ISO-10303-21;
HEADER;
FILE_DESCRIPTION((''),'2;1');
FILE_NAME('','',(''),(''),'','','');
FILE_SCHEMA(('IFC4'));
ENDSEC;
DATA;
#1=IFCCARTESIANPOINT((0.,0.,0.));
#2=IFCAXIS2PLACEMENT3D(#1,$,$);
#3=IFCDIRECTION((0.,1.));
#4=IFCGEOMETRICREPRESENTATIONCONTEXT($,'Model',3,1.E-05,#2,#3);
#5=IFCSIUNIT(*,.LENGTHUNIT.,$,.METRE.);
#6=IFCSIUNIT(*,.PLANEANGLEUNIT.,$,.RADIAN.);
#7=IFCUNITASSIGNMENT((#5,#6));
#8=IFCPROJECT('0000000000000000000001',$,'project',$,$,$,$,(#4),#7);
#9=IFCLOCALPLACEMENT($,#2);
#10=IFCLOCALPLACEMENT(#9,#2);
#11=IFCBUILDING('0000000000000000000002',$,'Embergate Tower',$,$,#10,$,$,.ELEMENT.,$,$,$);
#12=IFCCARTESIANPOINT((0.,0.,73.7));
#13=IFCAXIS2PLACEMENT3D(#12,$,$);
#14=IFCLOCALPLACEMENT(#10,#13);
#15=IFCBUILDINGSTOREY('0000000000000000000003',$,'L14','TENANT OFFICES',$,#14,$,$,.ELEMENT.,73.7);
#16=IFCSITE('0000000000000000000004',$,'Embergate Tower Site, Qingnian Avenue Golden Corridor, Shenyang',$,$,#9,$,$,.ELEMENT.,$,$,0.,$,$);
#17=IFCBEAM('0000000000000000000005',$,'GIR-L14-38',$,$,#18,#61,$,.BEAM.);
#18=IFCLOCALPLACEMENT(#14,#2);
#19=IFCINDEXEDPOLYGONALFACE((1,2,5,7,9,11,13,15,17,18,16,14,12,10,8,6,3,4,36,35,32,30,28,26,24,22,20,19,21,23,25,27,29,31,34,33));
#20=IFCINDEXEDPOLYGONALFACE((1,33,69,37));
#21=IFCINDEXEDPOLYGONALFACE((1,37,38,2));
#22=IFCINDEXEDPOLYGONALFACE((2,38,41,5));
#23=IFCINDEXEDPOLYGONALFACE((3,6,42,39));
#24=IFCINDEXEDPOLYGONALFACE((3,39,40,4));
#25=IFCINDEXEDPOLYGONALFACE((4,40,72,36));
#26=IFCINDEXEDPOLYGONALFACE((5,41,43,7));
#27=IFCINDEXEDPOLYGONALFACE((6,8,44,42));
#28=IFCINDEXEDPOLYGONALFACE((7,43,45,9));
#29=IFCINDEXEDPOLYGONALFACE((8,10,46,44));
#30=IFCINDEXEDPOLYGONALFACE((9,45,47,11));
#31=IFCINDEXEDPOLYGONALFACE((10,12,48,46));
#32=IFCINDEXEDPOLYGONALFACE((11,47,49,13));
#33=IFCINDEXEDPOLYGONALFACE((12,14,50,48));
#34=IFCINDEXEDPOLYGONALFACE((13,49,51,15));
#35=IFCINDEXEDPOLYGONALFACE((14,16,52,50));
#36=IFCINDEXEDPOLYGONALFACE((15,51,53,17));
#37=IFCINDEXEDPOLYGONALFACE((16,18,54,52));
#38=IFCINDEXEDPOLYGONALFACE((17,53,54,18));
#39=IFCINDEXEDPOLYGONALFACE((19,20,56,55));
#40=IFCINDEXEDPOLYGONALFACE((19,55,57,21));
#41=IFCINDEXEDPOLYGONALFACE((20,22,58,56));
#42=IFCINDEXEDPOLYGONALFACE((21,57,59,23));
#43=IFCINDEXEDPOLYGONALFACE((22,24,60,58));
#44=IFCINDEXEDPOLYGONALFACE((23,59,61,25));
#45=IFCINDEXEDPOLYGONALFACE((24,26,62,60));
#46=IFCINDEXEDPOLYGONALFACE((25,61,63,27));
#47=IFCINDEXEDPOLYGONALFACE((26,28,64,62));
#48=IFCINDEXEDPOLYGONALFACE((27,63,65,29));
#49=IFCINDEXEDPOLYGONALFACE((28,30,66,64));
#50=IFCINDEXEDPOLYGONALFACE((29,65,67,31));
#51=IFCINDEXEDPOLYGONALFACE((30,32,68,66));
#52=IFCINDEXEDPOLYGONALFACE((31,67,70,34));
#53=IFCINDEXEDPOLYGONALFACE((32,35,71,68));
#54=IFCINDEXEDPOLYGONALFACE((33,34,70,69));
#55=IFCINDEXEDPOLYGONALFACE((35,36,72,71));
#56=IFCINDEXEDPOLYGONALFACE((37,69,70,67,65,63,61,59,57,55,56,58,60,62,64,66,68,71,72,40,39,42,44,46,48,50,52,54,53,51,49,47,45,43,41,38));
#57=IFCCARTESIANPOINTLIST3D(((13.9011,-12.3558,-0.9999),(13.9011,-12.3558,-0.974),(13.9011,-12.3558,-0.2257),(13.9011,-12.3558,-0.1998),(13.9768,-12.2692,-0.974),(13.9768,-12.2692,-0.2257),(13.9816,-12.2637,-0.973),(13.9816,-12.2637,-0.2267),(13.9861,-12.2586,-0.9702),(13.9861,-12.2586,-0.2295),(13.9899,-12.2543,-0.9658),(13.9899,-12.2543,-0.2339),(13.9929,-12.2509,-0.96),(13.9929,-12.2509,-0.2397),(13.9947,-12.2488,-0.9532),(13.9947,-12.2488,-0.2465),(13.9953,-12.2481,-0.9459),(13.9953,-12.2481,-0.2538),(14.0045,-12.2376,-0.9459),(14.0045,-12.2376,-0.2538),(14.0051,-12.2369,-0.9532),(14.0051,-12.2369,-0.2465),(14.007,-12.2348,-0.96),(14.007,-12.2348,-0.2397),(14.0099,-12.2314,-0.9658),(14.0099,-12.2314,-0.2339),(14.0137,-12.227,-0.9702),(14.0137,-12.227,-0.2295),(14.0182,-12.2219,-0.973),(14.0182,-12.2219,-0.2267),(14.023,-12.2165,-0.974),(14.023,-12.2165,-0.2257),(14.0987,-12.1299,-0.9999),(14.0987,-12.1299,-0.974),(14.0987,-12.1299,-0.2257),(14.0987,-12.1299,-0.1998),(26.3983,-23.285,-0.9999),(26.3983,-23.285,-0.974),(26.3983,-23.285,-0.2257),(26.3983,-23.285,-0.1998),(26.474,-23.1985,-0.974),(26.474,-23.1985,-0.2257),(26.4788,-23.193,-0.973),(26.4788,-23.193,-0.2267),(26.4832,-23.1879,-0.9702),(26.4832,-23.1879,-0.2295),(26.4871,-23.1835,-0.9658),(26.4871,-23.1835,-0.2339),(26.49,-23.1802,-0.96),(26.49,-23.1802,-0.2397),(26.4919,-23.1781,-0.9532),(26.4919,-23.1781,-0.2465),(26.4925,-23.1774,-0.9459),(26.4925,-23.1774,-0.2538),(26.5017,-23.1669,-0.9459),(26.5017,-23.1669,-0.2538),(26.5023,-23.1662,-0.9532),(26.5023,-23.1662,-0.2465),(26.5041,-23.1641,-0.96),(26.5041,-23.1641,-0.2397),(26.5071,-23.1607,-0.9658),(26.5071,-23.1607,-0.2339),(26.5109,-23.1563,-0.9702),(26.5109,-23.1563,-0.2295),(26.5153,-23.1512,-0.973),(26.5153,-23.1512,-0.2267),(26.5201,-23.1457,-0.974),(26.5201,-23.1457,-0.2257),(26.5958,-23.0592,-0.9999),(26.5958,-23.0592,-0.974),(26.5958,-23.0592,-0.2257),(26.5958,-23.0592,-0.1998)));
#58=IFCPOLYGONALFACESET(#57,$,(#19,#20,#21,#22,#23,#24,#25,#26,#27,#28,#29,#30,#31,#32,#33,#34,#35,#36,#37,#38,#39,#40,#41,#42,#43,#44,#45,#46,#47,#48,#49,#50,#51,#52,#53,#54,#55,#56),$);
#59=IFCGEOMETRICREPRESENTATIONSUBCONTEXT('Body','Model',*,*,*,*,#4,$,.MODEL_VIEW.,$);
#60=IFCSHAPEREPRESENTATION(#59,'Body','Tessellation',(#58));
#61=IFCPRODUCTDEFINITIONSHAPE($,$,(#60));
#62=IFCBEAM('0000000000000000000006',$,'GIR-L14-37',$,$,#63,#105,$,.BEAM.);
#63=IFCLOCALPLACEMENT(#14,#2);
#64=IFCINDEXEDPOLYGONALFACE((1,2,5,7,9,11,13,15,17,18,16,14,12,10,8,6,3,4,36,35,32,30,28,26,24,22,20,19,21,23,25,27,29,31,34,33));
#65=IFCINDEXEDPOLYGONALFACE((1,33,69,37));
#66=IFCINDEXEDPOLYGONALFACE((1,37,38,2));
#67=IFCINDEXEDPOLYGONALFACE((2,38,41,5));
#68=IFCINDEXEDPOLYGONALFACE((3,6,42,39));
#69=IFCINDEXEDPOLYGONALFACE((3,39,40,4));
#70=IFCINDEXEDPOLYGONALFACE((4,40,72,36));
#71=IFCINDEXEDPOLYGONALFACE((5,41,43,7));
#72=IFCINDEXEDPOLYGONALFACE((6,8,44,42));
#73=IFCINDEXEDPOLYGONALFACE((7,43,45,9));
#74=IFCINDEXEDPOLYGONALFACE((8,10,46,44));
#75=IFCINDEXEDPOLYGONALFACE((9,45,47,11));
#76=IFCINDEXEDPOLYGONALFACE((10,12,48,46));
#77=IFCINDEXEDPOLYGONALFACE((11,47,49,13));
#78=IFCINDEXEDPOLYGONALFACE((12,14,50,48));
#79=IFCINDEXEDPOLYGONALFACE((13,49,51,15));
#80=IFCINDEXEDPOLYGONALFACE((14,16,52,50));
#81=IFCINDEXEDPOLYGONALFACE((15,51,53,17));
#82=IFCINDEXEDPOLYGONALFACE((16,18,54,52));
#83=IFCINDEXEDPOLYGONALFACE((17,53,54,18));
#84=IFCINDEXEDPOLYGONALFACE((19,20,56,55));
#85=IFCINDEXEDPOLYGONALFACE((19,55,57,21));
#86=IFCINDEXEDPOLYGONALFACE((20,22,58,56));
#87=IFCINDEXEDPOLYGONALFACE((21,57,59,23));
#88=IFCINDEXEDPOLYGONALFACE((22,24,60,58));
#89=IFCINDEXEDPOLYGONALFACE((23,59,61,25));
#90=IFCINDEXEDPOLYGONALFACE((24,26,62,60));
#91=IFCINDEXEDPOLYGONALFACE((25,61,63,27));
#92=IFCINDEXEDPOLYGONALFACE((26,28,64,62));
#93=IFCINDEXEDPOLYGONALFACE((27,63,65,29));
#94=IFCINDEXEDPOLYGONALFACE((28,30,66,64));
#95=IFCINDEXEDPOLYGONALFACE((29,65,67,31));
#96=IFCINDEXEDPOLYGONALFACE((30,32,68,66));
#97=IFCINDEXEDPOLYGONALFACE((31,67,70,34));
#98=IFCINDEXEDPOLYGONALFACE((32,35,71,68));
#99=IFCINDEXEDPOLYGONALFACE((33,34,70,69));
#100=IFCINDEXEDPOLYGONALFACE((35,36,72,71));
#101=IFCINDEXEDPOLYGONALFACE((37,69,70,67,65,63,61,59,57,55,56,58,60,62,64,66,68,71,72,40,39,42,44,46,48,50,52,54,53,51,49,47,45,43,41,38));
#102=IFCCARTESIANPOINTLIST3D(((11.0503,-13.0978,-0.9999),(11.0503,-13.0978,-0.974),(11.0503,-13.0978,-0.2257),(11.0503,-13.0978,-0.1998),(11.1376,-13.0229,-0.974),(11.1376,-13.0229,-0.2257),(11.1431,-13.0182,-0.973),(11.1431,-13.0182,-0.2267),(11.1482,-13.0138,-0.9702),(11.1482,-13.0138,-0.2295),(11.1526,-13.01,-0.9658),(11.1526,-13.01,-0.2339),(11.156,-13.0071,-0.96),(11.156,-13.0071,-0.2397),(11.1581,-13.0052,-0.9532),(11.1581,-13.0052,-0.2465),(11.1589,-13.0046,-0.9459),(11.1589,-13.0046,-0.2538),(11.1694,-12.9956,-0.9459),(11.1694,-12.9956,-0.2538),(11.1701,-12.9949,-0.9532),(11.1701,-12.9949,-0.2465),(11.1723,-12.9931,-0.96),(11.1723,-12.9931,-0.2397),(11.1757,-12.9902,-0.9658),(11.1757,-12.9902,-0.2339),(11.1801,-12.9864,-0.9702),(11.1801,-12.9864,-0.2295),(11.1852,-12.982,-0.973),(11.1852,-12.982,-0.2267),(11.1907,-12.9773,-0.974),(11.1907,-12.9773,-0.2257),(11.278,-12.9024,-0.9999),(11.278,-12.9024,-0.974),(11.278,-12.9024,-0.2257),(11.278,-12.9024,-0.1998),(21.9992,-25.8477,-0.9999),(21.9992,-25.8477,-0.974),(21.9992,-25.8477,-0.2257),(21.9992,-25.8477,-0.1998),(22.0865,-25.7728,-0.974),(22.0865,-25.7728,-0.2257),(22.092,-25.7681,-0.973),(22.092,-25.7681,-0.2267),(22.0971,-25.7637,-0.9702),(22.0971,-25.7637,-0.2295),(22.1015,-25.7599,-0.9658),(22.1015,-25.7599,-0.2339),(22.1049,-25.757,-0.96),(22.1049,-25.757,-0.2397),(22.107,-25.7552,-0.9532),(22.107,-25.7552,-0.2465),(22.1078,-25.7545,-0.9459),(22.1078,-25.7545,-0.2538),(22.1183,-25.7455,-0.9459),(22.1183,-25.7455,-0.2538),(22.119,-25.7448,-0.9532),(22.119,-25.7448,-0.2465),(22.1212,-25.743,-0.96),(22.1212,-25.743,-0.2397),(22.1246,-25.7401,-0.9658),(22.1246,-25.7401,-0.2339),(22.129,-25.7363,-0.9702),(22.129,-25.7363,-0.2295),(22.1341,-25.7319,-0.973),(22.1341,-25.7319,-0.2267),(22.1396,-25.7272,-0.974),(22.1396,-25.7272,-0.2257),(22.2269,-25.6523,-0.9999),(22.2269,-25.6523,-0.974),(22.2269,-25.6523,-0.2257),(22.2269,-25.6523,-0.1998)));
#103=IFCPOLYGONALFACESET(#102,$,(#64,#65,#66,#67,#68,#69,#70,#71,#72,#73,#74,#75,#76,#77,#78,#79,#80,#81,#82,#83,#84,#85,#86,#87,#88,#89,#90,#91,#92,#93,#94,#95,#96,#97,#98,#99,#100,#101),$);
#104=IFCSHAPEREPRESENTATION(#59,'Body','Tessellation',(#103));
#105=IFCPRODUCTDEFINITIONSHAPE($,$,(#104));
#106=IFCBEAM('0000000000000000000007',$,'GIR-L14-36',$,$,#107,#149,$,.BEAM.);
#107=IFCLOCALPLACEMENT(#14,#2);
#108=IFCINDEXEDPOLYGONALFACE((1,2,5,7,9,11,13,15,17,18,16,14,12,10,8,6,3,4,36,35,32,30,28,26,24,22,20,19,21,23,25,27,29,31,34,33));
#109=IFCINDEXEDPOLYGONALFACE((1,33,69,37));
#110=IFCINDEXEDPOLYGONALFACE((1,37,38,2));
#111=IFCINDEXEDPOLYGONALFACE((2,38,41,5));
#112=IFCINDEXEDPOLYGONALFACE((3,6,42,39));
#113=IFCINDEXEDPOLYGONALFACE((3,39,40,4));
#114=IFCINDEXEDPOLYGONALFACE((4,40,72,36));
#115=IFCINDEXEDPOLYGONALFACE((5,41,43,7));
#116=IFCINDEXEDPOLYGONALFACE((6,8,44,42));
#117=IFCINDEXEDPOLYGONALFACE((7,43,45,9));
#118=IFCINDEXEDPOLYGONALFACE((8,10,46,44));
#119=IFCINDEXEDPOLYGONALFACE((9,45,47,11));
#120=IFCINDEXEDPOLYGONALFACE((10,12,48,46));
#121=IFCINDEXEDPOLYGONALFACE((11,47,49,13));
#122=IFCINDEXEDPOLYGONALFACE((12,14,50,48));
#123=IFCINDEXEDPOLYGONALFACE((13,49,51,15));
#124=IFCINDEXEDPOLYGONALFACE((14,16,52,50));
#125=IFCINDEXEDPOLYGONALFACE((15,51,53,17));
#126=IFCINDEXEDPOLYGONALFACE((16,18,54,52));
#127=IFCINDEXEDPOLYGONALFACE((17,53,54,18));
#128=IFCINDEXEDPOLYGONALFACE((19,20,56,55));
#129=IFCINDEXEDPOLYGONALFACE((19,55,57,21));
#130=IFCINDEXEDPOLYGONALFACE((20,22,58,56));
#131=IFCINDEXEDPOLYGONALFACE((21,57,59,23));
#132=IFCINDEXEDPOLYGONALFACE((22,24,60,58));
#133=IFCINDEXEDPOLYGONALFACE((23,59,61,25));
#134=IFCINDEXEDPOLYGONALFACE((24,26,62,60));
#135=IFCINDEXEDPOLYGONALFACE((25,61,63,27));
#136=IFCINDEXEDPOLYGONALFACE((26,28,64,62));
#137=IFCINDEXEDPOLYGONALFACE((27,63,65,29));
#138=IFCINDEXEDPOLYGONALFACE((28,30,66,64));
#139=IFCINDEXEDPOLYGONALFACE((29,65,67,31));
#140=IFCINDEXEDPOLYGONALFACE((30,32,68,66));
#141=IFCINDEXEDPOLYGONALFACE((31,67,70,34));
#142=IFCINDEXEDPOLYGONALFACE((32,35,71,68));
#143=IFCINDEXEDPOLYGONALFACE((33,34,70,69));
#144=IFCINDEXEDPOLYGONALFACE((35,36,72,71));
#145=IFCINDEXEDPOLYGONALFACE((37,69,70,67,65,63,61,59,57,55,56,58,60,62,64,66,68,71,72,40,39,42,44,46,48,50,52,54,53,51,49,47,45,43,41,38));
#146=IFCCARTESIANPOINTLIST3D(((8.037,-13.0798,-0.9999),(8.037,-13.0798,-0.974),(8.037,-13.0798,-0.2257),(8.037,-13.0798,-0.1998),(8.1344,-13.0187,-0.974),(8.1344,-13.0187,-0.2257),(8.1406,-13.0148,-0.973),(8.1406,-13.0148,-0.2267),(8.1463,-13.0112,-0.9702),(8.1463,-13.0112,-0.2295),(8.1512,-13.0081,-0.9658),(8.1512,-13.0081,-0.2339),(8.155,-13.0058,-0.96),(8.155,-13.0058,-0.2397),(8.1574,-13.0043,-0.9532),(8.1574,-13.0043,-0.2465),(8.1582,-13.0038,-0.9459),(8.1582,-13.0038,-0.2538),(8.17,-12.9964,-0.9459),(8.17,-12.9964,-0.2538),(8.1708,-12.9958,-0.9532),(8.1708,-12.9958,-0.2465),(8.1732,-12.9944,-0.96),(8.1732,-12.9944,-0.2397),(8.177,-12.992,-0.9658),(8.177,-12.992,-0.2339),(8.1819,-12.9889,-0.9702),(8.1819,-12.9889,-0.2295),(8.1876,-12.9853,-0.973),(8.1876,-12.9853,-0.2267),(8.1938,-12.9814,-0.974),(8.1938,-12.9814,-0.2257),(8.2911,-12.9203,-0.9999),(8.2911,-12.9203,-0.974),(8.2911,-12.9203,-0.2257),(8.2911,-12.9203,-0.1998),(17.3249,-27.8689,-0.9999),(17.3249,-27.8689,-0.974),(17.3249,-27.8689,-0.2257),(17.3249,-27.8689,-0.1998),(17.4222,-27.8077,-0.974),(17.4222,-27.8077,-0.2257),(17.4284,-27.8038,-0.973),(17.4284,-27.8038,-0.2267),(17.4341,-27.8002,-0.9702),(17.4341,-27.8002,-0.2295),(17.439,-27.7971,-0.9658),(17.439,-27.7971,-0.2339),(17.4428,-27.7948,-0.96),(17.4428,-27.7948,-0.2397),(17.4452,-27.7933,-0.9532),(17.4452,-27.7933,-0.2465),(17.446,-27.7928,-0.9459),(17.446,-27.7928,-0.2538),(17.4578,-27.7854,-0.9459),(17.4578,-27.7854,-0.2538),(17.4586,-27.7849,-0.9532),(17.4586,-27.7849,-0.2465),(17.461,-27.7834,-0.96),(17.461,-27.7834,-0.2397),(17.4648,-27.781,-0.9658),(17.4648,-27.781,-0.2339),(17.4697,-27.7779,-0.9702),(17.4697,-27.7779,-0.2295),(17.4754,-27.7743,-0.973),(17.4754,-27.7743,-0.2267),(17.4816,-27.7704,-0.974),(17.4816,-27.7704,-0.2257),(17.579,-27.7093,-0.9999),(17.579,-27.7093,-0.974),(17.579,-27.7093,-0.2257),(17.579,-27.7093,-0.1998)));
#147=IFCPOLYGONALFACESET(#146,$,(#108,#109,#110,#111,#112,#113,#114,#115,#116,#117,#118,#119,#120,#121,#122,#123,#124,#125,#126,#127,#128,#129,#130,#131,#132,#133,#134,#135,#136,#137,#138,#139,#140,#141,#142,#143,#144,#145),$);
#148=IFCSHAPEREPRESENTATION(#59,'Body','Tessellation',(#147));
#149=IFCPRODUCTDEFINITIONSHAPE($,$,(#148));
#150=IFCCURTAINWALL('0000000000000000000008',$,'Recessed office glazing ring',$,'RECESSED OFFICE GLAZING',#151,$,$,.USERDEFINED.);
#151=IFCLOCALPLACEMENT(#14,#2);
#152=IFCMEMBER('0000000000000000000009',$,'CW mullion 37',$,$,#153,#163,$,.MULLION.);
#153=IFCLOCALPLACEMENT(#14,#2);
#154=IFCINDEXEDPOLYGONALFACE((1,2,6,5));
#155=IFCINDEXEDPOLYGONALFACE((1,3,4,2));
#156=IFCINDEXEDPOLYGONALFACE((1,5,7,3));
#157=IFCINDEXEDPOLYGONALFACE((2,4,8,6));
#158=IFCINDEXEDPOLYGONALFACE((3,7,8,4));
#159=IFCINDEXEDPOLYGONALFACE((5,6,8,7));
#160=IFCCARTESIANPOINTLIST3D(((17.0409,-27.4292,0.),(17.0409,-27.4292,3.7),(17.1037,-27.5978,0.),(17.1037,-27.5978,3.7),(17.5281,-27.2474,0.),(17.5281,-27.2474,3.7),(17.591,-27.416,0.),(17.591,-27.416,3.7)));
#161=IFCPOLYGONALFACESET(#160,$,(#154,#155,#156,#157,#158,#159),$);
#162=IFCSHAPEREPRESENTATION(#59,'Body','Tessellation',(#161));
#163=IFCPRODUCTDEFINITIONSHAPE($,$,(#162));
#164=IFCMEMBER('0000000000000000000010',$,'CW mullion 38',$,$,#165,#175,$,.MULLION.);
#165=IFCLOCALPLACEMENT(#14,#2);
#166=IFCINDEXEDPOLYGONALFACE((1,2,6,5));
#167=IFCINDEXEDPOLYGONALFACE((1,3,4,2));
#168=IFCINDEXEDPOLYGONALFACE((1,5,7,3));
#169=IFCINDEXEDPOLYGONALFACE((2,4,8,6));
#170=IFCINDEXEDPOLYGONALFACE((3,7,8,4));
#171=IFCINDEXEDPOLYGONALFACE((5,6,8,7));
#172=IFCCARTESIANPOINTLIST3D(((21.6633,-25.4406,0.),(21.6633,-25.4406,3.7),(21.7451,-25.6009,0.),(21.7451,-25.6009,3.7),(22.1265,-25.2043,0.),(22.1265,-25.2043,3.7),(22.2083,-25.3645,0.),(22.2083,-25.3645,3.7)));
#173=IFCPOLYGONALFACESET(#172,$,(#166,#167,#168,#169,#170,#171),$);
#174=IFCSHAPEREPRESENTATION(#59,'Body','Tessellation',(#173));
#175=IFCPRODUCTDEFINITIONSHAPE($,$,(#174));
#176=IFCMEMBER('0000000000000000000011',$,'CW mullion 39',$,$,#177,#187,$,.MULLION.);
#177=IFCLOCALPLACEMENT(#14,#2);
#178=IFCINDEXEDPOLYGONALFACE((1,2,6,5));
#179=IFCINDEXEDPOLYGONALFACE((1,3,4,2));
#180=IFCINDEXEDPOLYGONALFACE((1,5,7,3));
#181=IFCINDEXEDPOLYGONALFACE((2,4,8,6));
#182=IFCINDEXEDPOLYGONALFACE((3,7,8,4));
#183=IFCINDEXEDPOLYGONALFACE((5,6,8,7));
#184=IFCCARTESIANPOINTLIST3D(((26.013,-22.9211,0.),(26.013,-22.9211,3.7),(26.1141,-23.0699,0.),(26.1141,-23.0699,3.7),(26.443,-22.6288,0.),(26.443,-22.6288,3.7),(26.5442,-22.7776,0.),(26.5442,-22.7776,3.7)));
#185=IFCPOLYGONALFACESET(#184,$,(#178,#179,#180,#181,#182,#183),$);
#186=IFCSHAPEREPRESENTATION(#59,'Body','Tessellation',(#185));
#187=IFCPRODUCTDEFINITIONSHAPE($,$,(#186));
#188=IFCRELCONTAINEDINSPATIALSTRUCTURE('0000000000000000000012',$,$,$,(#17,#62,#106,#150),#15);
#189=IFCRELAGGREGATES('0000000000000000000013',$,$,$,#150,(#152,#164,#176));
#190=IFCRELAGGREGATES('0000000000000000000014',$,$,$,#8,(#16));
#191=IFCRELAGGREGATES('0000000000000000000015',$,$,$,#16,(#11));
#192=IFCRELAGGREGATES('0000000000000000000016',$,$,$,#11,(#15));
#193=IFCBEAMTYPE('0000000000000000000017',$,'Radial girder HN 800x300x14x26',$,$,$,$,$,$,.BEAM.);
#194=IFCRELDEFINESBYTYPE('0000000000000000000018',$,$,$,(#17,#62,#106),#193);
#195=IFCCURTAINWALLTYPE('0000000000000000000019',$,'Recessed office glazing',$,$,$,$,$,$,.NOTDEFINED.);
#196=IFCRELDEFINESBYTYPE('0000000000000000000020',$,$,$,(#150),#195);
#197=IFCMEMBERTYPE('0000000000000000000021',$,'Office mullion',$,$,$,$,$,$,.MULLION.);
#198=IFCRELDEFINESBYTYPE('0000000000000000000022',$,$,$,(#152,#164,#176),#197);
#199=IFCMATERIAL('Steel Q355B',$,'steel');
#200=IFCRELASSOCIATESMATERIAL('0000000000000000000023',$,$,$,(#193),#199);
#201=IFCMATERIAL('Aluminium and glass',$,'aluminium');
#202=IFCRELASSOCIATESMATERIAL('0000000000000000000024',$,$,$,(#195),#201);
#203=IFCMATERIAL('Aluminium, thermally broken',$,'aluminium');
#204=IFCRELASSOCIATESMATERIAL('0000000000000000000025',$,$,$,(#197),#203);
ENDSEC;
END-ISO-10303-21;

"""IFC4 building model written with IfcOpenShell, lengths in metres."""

from ifc_helpers import new_model, si_unit, direction, frame, origin, origin_2d, place, context, subcontext, project, spatial, rectangle, i_section, extrude, source, transform, mapped, material, material_profile, profile_set, type_object, element, aggregate, save


model = new_model("IFC4")

# Units and contexts
model_context = context("Model", 3, precision=1e-05, world=origin(), true_north=direction((0.0, 1.0)))
body_context = subcontext(model_context, "Body", "Model", "MODEL_VIEW")
ifc_project = project(units=[si_unit("LENGTHUNIT", "METRE"), si_unit("PLANEANGLEUNIT", "RADIAN")], contexts=[model_context])

# Site, building, storey
site_placement = place(None, origin())
site = spatial("IfcSite", under=ifc_project, at=site_placement, Name="Embergate Tower Site, Qingnian Avenue Golden Corridor, Shenyang", CompositionType="ELEMENT", RefElevation=0.0)
building_placement = place(site_placement, origin())
building = spatial("IfcBuilding", under=site, at=building_placement, Name="Embergate Tower", CompositionType="ELEMENT")
storey_placement = place(building_placement, frame((0.0, 0.0, 73.7)))
storey = spatial("IfcBuildingStorey", under=building, at=storey_placement, Name="L14", Description="TENANT OFFICES", CompositionType="ELEMENT", Elevation=73.7)

# Beams
ifc_material_1 = material(Name="Steel Q355B", Category="steel")
ifc_material_profile_1 = material_profile(ifc_material_1, i_section(OverallWidth=0.3, OverallDepth=0.8, WebThickness=0.0139, FlangeThickness=0.0259, FilletRadius=0.0281, at=origin_2d()), Name="HN 800x300x14x26")
ifc_profile_set_1 = profile_set([ifc_material_profile_1], Name="Steel Q355 grade B")
beam_type_1 = type_object("IfcBeamType", Name="Radial girder HN 800x300x14x26", PredefinedType="BEAM", material=ifc_profile_set_1)
shared_shape_1 = source(origin(), body_context, "Body", "SweptSolid", [
    extrude(i_section(OverallWidth=0.3, OverallDepth=0.8, WebThickness=0.0139, FlangeThickness=0.0259, FilletRadius=0.0281, at=origin_2d()), origin(), (0.0, 0.0, 1.0), 16.6021),
])
beam_1_placement = place(storey_placement, frame((26.4971, -23.1721, -0.5999), z_axis=(-0.752748, 0.658309, 0.0), x_axis=(-0.658309, -0.752748, 0.0)))
element("IfcBeam", 1, at=beam_1_placement, inside=storey, type_object=beam_type_1, Name="GIR-L14-38", PredefinedType="BEAM", context=body_context, shape_type="MappedRepresentation", body=[
    mapped(shared_shape_1, transform((0.0, 0.0, 0.0))),
])
shared_shape_2 = source(origin(), body_context, "Body", "SweptSolid", [
    extrude(i_section(OverallWidth=0.3, OverallDepth=0.8, WebThickness=0.0139, FlangeThickness=0.0259, FilletRadius=0.0281, at=origin_2d()), origin(), (0.0, 0.0, 1.0), 16.8059),
])
beam_2_placement = place(storey_placement, frame((22.113, -25.75, -0.5999), z_axis=(-0.651491, 0.758656, 0.0), x_axis=(-0.758656, -0.651491, 0.0)))
element("IfcBeam", 2, at=beam_2_placement, inside=storey, type_object=beam_type_1, Name="GIR-L14-37", PredefinedType="BEAM", context=body_context, shape_type="MappedRepresentation", body=[
    mapped(shared_shape_2, transform((0.0, 0.0, 0.0))),
])
shared_shape_3 = source(origin(), body_context, "Body", "SweptSolid", [
    extrude(i_section(OverallWidth=0.3, OverallDepth=0.8, WebThickness=0.0139, FlangeThickness=0.0259, FilletRadius=0.0281, at=origin_2d()), origin(), (0.0, 0.0, 1.0), 17.4636),
])
beam_3_placement = place(storey_placement, frame((17.4519, -27.7891, -0.5999), z_axis=(-0.531837, 0.846847, 0.0), x_axis=(-0.846847, -0.531837, 0.0)))
element("IfcBeam", 3, at=beam_3_placement, inside=storey, type_object=beam_type_1, Name="GIR-L14-36", PredefinedType="BEAM", context=body_context, shape_type="MappedRepresentation", body=[
    mapped(shared_shape_3, transform((0.0, 0.0, 0.0))),
])

# Curtain wall, members
ifc_material_2 = material(Name="Aluminium and glass", Category="aluminium")
curtain_wall_type = type_object("IfcCurtainWallType", Name="Recessed office glazing", PredefinedType="NOTDEFINED", material=ifc_material_2)
curtain_wall_placement = place(storey_placement, origin())
curtain_wall = element("IfcCurtainWall", 4, at=curtain_wall_placement, inside=storey, type_object=curtain_wall_type, Name="Recessed office glazing ring", ObjectType="RECESSED OFFICE GLAZING", PredefinedType="USERDEFINED")
ifc_material_3 = material(Name="Aluminium, thermally broken", Category="aluminium")
ifc_material_profile_2 = material_profile(ifc_material_3, rectangle(XDim=0.1799, YDim=0.52, at=origin_2d()), Name="AL 520x180")
ifc_profile_set_2 = profile_set([ifc_material_profile_2], Name="Aluminium, thermally broken")
member_type_1 = type_object("IfcMemberType", Name="Office mullion", PredefinedType="MULLION", material=ifc_profile_set_2)
shared_shape_4 = source(origin(), body_context, "Body", "SweptSolid", [
    extrude(rectangle(XDim=0.1799, YDim=0.52, at=origin_2d()), origin(), (0.0, 0.0, 1.0), 3.7),
])
member_1_placement = place(storey_placement, frame((17.3159, -27.4226, 0.0), z_axis=(0.0, 0.0, 1.0), x_axis=(-0.349508, 0.936934, 0.0)))
member_1 = element("IfcMember", 5, at=member_1_placement, type_object=member_type_1, Name="CW mullion 37", PredefinedType="MULLION", context=body_context, shape_type="MappedRepresentation", body=[
    mapped(shared_shape_4, transform((0.0, 0.0, 0.0))),
])
member_2_placement = place(storey_placement, frame((21.9358, -25.4026, 0.0), z_axis=(0.0, 0.0, 1.0), x_axis=(-0.454516, 0.890739, 0.0)))
member_2 = element("IfcMember", 6, at=member_2_placement, type_object=member_type_1, Name="CW mullion 38", PredefinedType="MULLION", context=body_context, shape_type="MappedRepresentation", body=[
    mapped(shared_shape_4, transform((0.0, 0.0, 0.0))),
])
member_3_placement = place(storey_placement, frame((26.2786, -22.8494, 0.0), z_axis=(0.0, 0.0, 1.0), x_axis=(-0.562223, 0.826985, 0.0)))
member_3 = element("IfcMember", 7, at=member_3_placement, type_object=member_type_1, Name="CW mullion 39", PredefinedType="MULLION", context=body_context, shape_type="MappedRepresentation", body=[
    mapped(shared_shape_4, transform((0.0, 0.0, 0.0))),
])
aggregate(curtain_wall, [member_1, member_2, member_3])

save(model, "model.ifc")
